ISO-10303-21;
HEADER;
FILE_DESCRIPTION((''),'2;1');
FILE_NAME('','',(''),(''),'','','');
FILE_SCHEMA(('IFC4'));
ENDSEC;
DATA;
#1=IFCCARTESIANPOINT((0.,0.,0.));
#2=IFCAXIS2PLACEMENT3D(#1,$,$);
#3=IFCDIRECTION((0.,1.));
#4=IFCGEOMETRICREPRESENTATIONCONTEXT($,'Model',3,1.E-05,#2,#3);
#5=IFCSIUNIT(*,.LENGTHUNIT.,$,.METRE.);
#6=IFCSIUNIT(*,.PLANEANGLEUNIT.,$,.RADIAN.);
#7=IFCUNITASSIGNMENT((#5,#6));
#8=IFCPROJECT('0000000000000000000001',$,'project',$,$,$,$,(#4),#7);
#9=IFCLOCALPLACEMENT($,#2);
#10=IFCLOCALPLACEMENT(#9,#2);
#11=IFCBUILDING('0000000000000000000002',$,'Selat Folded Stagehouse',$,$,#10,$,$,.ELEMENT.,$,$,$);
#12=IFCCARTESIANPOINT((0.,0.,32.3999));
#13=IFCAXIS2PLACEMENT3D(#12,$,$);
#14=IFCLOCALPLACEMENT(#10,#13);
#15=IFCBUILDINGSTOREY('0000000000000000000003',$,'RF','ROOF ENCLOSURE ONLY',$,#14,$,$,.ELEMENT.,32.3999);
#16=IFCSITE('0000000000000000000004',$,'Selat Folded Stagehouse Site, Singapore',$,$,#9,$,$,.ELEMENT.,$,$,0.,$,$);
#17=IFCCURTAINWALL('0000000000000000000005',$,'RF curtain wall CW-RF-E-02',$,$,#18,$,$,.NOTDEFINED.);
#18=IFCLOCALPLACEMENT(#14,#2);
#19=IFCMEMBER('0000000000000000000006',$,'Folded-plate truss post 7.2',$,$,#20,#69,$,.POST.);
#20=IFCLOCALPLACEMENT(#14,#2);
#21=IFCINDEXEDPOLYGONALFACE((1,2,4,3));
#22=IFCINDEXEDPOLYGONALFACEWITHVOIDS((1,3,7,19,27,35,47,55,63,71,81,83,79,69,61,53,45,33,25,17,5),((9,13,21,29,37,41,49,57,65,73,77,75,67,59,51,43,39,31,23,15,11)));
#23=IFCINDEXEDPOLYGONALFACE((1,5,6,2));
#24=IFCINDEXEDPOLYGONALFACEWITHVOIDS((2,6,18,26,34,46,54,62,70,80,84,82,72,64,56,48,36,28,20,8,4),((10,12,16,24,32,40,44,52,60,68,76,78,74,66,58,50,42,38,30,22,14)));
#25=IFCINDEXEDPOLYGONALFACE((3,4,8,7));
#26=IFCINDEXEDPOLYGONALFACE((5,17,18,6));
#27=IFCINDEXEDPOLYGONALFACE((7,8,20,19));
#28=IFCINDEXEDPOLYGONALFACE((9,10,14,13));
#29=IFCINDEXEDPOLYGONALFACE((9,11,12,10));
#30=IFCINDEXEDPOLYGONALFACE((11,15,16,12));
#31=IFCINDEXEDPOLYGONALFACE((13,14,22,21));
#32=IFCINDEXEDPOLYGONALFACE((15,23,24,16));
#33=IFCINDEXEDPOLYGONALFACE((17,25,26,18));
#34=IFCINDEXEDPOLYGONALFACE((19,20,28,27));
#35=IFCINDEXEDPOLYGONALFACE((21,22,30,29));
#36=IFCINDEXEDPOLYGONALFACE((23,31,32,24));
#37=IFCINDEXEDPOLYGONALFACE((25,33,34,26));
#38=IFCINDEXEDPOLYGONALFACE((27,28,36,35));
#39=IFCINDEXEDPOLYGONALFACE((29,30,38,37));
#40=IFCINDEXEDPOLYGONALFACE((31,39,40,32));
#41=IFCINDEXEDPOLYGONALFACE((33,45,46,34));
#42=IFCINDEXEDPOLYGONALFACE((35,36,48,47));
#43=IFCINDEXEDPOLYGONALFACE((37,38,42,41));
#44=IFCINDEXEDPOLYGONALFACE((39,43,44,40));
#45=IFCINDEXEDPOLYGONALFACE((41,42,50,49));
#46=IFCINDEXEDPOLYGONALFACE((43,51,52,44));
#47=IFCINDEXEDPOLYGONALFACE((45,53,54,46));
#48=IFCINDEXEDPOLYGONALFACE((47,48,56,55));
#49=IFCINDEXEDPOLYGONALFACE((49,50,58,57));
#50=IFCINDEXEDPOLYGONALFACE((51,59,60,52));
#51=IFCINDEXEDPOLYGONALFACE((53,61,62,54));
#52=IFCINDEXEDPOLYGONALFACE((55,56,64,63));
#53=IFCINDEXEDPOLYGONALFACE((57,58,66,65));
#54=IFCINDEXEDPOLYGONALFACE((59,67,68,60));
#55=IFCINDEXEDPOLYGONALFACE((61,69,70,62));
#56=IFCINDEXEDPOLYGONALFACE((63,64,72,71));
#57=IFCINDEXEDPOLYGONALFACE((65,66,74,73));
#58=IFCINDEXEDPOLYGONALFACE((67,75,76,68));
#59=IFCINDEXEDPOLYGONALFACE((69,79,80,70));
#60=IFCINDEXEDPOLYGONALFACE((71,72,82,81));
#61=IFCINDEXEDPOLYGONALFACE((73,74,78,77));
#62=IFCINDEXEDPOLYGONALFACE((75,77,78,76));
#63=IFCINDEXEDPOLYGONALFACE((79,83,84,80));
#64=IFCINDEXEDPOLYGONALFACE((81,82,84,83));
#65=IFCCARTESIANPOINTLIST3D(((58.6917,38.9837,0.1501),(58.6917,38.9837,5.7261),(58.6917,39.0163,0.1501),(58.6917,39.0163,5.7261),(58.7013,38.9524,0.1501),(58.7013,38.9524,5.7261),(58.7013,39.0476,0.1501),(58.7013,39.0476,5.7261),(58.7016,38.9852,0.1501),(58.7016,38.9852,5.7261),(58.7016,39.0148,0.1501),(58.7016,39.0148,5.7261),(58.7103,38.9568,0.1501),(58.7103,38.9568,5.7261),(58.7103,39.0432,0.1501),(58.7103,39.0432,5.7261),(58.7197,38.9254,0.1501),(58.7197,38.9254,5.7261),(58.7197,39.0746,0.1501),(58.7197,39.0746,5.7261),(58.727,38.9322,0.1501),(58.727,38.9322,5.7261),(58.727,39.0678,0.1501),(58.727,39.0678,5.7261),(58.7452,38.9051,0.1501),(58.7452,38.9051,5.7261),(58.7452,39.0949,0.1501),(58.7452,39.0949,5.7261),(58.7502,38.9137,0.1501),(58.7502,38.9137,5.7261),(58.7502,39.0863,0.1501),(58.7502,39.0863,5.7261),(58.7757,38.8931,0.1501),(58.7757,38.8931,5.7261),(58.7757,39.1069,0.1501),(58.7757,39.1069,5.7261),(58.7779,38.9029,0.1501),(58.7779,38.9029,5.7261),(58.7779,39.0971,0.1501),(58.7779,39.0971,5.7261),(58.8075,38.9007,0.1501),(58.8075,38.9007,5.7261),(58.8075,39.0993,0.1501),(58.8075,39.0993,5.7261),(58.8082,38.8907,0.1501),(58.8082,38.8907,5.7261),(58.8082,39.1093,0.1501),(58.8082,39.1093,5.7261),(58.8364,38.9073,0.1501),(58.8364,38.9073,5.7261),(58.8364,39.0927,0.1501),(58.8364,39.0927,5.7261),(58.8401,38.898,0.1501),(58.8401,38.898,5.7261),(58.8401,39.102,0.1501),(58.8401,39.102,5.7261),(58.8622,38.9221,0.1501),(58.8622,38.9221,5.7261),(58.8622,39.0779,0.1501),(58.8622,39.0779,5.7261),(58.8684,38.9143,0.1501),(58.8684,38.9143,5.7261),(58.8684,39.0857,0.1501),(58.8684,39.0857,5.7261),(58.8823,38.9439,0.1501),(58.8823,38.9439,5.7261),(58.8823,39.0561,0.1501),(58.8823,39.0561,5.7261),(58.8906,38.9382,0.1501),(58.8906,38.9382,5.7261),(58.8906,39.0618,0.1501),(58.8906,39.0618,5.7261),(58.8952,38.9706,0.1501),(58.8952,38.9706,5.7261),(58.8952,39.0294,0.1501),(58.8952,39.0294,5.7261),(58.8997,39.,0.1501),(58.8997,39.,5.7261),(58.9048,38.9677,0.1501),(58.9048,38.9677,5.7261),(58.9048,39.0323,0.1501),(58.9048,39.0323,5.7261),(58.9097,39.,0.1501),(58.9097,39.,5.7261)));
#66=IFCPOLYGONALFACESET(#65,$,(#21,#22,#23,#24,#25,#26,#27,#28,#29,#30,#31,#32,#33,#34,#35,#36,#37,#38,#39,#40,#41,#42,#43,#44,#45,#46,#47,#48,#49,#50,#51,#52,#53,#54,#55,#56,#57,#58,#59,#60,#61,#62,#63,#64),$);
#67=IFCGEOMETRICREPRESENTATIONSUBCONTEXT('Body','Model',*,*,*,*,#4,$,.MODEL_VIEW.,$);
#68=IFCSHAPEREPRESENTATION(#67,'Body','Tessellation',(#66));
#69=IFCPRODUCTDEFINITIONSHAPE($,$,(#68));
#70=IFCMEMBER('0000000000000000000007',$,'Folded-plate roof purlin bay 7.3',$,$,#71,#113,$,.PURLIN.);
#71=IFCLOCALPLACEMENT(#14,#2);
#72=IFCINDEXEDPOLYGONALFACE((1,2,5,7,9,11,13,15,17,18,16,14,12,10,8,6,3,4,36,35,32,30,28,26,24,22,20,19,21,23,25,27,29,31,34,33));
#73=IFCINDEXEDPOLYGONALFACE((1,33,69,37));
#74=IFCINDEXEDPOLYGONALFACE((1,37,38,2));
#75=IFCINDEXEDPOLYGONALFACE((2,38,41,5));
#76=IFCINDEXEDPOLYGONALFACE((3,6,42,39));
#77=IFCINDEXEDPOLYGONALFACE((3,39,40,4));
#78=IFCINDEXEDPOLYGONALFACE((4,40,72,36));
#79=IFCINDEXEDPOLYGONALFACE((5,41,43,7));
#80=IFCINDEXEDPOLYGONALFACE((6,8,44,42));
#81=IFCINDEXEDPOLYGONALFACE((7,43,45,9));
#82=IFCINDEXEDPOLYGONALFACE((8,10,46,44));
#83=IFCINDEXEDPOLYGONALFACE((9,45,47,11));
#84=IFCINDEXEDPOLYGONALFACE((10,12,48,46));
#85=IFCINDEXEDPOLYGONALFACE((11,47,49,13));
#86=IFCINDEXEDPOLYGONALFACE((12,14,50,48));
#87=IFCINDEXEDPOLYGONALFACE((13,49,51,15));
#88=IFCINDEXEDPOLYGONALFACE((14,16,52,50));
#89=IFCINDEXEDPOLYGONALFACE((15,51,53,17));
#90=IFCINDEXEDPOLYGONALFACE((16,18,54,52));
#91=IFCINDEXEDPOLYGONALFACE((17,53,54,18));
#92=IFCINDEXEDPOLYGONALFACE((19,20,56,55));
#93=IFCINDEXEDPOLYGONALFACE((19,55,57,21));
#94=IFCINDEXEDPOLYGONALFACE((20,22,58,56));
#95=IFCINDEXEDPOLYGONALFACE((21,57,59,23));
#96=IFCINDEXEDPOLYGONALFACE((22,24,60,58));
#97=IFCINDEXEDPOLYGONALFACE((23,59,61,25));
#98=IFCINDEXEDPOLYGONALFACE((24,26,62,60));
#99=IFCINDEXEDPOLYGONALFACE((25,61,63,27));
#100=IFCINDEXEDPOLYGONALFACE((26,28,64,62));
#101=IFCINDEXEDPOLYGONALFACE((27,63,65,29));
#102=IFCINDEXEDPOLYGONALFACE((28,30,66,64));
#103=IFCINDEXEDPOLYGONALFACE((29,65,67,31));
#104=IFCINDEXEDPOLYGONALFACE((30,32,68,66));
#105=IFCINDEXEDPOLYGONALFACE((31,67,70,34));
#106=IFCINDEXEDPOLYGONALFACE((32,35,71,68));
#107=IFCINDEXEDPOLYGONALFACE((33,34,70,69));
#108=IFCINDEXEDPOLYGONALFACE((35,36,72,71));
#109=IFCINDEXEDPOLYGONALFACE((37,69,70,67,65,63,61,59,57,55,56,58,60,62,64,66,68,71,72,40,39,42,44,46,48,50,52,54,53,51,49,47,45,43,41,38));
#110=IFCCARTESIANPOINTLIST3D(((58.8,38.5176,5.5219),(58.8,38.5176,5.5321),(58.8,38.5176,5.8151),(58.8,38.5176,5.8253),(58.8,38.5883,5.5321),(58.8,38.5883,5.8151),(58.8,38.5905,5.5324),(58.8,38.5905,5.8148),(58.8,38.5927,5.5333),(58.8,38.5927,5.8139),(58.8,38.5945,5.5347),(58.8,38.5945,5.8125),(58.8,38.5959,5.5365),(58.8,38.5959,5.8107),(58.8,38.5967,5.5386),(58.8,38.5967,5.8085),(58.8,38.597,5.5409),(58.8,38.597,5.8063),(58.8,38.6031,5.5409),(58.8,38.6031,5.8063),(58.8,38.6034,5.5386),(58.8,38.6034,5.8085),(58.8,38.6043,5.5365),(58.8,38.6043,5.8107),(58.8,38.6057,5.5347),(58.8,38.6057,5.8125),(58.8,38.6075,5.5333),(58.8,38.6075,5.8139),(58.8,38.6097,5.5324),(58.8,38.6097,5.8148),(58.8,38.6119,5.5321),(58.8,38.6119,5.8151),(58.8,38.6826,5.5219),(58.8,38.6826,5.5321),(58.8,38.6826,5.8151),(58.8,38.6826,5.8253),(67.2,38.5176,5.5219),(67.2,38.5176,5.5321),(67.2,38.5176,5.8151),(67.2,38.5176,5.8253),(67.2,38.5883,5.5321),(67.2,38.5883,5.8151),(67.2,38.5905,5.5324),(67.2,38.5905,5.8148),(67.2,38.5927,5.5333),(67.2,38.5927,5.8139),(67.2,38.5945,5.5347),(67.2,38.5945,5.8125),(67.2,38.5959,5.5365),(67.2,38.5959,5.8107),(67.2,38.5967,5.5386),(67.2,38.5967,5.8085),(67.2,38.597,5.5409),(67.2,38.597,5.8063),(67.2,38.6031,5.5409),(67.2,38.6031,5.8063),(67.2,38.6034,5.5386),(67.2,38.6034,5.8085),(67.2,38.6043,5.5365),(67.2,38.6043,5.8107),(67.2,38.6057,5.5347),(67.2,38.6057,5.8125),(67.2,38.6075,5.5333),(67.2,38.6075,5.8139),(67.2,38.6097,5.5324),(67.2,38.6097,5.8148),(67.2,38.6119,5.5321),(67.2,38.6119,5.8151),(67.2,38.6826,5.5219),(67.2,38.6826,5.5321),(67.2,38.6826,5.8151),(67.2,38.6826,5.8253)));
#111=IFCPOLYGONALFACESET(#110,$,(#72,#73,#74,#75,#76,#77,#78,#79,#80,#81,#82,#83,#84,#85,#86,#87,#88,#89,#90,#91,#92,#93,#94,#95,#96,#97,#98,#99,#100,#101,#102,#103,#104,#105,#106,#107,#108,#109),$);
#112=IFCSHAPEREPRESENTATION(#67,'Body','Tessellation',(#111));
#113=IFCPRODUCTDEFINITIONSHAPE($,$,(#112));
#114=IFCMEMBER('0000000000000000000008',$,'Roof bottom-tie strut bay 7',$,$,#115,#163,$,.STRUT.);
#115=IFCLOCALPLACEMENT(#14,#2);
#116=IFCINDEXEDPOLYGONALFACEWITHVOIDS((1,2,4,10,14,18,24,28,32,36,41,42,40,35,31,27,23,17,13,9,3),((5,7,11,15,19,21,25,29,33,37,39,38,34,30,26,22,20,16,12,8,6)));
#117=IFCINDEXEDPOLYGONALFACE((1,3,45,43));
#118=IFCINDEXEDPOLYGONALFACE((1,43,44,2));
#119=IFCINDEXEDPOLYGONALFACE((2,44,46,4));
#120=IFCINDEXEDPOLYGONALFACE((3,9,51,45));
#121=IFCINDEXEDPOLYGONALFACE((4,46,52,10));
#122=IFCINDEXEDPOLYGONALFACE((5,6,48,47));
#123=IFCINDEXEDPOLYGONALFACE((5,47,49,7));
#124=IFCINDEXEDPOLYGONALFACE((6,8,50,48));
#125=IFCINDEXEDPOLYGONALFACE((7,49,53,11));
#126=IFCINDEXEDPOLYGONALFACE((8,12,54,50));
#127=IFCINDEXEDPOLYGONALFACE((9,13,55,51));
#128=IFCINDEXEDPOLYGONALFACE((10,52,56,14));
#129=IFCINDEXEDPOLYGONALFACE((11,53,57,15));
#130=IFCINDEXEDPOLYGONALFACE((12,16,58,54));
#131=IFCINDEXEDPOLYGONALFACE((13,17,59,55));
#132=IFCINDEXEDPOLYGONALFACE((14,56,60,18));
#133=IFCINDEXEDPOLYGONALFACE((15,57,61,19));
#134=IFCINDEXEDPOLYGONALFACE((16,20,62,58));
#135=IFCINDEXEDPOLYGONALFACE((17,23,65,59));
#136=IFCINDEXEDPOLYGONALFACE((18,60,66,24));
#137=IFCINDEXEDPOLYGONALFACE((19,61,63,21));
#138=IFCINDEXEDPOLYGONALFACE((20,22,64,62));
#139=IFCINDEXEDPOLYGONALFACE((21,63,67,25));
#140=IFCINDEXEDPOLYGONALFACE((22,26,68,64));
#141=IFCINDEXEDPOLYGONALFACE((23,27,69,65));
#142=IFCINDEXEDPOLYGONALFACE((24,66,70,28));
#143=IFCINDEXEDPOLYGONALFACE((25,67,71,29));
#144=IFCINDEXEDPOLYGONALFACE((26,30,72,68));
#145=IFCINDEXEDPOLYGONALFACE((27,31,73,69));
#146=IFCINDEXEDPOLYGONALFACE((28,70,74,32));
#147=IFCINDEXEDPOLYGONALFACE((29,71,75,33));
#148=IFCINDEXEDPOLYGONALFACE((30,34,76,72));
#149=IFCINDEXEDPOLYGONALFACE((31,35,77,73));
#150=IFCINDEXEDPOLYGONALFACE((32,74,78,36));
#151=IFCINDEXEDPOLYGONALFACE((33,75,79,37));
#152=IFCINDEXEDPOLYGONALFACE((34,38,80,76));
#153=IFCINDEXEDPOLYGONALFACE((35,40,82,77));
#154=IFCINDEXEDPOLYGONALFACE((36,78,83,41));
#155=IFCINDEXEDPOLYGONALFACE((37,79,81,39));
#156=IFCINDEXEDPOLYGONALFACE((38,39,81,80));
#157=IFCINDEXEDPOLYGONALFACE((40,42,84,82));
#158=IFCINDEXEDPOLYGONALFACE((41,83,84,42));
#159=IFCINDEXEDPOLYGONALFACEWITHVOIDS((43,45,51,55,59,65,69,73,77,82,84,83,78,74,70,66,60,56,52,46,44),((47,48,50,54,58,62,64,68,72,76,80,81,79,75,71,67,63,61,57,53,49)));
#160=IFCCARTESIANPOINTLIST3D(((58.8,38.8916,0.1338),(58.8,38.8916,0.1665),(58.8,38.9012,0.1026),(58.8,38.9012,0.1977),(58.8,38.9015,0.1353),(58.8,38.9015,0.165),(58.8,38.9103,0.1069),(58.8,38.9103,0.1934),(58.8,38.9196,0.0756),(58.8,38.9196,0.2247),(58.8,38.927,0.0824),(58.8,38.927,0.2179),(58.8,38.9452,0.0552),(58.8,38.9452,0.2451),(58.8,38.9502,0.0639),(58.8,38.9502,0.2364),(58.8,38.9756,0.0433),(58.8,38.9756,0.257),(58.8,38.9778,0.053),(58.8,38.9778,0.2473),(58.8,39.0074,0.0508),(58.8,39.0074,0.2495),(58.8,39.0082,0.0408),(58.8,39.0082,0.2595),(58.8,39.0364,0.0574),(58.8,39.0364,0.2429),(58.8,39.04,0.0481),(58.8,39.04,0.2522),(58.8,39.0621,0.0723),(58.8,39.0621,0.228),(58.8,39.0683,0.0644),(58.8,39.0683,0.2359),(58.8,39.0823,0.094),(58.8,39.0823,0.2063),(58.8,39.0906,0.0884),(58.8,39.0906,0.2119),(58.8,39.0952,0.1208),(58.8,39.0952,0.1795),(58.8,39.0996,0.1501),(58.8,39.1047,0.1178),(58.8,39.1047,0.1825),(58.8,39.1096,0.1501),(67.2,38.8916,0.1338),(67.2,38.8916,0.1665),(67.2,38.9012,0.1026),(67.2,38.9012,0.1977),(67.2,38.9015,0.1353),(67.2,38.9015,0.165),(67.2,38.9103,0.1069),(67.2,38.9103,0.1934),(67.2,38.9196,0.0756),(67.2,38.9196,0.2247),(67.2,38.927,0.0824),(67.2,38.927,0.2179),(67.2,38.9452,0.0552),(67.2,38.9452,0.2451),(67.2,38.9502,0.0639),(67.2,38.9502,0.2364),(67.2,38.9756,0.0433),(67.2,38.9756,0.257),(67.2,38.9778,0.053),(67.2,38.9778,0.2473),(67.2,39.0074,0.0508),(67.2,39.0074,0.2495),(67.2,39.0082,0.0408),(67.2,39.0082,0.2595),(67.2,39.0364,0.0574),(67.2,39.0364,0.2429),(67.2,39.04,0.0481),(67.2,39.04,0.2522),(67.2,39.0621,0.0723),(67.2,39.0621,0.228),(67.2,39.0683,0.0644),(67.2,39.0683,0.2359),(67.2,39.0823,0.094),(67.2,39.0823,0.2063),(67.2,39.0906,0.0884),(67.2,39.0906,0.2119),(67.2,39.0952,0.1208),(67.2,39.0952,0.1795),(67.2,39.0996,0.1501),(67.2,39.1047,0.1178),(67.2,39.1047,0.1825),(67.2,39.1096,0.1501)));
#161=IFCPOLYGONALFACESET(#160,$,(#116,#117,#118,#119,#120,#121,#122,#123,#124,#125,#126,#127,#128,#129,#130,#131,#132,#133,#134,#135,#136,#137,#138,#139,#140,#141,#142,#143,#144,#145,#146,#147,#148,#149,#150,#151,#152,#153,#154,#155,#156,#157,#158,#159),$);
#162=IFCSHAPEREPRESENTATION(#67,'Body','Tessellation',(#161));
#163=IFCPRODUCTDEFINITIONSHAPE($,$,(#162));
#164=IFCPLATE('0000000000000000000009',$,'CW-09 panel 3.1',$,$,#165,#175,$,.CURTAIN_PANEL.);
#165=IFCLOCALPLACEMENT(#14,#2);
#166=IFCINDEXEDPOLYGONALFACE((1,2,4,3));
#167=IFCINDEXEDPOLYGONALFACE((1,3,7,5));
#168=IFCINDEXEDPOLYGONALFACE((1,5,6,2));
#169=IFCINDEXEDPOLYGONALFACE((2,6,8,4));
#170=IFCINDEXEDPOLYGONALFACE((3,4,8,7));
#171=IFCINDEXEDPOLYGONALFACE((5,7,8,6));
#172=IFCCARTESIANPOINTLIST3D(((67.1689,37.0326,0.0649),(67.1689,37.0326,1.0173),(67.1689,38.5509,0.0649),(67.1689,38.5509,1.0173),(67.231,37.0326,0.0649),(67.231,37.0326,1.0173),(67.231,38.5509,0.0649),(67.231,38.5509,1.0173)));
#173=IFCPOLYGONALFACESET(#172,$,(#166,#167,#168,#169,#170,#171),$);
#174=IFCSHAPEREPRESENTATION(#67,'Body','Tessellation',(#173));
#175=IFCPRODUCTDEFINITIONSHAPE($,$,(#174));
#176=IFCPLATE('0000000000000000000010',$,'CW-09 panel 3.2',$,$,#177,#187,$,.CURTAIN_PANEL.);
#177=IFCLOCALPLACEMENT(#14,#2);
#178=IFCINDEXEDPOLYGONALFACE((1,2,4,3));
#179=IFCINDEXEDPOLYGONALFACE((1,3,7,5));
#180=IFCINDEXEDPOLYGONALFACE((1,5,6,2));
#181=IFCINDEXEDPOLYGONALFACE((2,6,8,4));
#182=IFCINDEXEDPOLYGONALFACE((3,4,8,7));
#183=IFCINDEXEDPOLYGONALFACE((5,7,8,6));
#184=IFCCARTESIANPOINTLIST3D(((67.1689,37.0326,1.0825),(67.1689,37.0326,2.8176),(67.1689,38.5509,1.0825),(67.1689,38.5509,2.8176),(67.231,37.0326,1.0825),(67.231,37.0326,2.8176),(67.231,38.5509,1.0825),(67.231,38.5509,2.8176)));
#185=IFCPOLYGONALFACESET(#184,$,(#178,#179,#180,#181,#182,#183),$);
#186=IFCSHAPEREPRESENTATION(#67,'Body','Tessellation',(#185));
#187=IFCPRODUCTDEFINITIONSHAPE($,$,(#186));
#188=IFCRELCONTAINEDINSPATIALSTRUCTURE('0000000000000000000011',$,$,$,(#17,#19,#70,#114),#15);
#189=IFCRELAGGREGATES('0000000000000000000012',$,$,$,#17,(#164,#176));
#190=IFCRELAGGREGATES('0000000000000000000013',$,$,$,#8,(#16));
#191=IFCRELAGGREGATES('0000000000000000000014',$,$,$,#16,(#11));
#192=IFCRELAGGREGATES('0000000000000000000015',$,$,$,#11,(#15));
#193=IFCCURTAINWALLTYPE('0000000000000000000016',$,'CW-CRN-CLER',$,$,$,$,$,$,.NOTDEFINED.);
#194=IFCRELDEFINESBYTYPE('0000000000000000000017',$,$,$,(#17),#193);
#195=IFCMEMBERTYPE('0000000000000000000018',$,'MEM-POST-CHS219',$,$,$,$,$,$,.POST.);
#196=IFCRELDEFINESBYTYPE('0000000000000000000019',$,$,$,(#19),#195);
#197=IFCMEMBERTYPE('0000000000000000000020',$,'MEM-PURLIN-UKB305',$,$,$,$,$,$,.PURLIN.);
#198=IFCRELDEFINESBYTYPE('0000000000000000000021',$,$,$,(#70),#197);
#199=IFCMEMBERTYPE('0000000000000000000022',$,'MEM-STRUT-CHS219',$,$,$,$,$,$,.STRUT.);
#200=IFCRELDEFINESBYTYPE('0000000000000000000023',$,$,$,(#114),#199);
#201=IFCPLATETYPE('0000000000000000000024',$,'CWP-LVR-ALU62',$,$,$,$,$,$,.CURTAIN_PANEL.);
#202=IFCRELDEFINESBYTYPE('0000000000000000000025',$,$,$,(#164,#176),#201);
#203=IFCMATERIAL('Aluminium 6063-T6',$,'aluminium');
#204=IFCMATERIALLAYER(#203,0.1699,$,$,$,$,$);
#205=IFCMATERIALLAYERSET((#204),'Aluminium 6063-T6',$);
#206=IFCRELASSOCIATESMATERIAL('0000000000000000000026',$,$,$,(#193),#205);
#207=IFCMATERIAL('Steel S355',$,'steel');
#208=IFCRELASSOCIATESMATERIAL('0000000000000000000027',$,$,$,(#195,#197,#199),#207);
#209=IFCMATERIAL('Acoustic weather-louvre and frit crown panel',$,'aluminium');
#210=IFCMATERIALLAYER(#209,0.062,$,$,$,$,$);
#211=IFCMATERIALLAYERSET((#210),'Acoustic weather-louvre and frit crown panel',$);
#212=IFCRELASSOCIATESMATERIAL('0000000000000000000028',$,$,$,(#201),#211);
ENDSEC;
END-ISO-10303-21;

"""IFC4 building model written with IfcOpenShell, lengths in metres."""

from ifc_helpers import new_model, si_unit, direction, frame, origin, origin_2d, place, context, subcontext, project, spatial, rectangle, hollow_circle, i_section, extrude, material, layer, layer_set, material_profile, profile_set, type_object, element, aggregate, save


model = new_model("IFC4")

# Units and contexts
model_context = context("Model", 3, precision=1e-05, world=origin(), true_north=direction((0.0, 1.0)))
body_context = subcontext(model_context, "Body", "Model", "MODEL_VIEW")
ifc_project = project(units=[si_unit("LENGTHUNIT", "METRE"), si_unit("PLANEANGLEUNIT", "RADIAN")], contexts=[model_context])

# Site, building, storey
site_placement = place(None, origin())
site = spatial("IfcSite", under=ifc_project, at=site_placement, Name="Selat Folded Stagehouse Site, Singapore", CompositionType="ELEMENT", RefElevation=0.0)
building_placement = place(site_placement, origin())
building = spatial("IfcBuilding", under=site, at=building_placement, Name="Selat Folded Stagehouse", CompositionType="ELEMENT")
storey_placement = place(building_placement, frame((0.0, 0.0, 32.3999)))
storey = spatial("IfcBuildingStorey", under=building, at=storey_placement, Name="RF", Description="ROOF ENCLOSURE ONLY", CompositionType="ELEMENT", Elevation=32.3999)

# Shared definitions
ifc_material_1 = material(Name="Steel S355", Category="steel")

# Curtain wall
ifc_material_2 = material(Name="Aluminium 6063-T6", Category="aluminium")
ifc_layer_1 = layer(ifc_material_2, 0.1699)
ifc_layer_set_1 = layer_set([ifc_layer_1], Name="Aluminium 6063-T6")
curtain_wall_type = type_object("IfcCurtainWallType", Name="CW-CRN-CLER", PredefinedType="NOTDEFINED", material=ifc_layer_set_1)
curtain_wall_placement = place(storey_placement, origin())
curtain_wall = element("IfcCurtainWall", 1, at=curtain_wall_placement, inside=storey, type_object=curtain_wall_type, Name="RF curtain wall CW-RF-E-02", PredefinedType="NOTDEFINED")

# Members
ifc_material_profile_1 = material_profile(ifc_material_1, hollow_circle(Radius=0.1096, WallThickness=0.01, at=origin_2d()), Name="CHS 219.1x10.0")
ifc_profile_set_1 = profile_set([ifc_material_profile_1], Name="Steel S355")
member_type_1 = type_object("IfcMemberType", Name="MEM-POST-CHS219", PredefinedType="POST", material=ifc_profile_set_1)
member_1_placement = place(storey_placement, frame((58.8, 39.0, 0.1501), z_axis=(0.0, 0.0, 1.0), x_axis=(1.0, 0.0, 0.0)))
element("IfcMember", 2, at=member_1_placement, inside=storey, type_object=member_type_1, Name="Folded-plate truss post 7.2", PredefinedType="POST", context=body_context, shape_type="SweptSolid", body=[
    extrude(hollow_circle(Radius=0.1096, WallThickness=0.01, at=origin_2d()), origin(), (0.0, 0.0, 1.0), 5.5759),
])
ifc_material_profile_2 = material_profile(ifc_material_1, i_section(OverallWidth=0.165, OverallDepth=0.3035, WebThickness=0.0061, FlangeThickness=0.0103, FilletRadius=0.0088, at=origin_2d()), Name="UKB 305x165x40")
ifc_profile_set_2 = profile_set([ifc_material_profile_2], Name="Steel S355")
member_type_2 = type_object("IfcMemberType", Name="MEM-PURLIN-UKB305", PredefinedType="PURLIN", material=ifc_profile_set_2)
member_2_placement = place(storey_placement, frame((58.8, 38.6001, 5.6736), z_axis=(1.0, 0.0, 0.0), x_axis=(0.0, 1.0, 0.0)))
element("IfcMember", 3, at=member_2_placement, inside=storey, type_object=member_type_2, Name="Folded-plate roof purlin bay 7.3", PredefinedType="PURLIN", context=body_context, shape_type="SweptSolid", body=[
    extrude(i_section(OverallWidth=0.165, OverallDepth=0.3035, WebThickness=0.0061, FlangeThickness=0.0103, FilletRadius=0.0088, at=origin_2d()), origin(), (0.0, 0.0, 1.0), 8.3999),
])
ifc_material_profile_3 = material_profile(ifc_material_1, hollow_circle(Radius=0.1096, WallThickness=0.01, at=origin_2d()), Name="CHS 219.1x10.0")
ifc_profile_set_3 = profile_set([ifc_material_profile_3], Name="Steel S355")
member_type_3 = type_object("IfcMemberType", Name="MEM-STRUT-CHS219", PredefinedType="STRUT", material=ifc_profile_set_3)
member_3_placement = place(storey_placement, frame((58.8, 39.0, 0.1501), z_axis=(1.0, 0.0, 0.0), x_axis=(0.0, 1.0, 0.0)))
element("IfcMember", 4, at=member_3_placement, inside=storey, type_object=member_type_3, Name="Roof bottom-tie strut bay 7", PredefinedType="STRUT", context=body_context, shape_type="SweptSolid", body=[
    extrude(hollow_circle(Radius=0.1096, WallThickness=0.01, at=origin_2d()), origin(), (0.0, 0.0, 1.0), 8.3999),
])

# Plates
ifc_material_3 = material(Name="Acoustic weather-louvre and frit crown panel", Category="aluminium")
ifc_layer_2 = layer(ifc_material_3, 0.062)
ifc_layer_set_2 = layer_set([ifc_layer_2], Name="Acoustic weather-louvre and frit crown panel")
plate_type_1 = type_object("IfcPlateType", Name="CWP-LVR-ALU62", PredefinedType="CURTAIN_PANEL", material=ifc_layer_set_2)
plate_1_placement = place(storey_placement, frame((67.2, 37.7917, 0.0649), z_axis=(0.0, 0.0, 1.0), x_axis=(0.0, -1.0, 0.0)))
plate_1 = element("IfcPlate", 5, at=plate_1_placement, type_object=plate_type_1, Name="CW-09 panel 3.1", PredefinedType="CURTAIN_PANEL", context=body_context, shape_type="SweptSolid", body=[
    extrude(rectangle(XDim=1.5183, YDim=0.062, at=origin_2d()), origin(), (0.0, 0.0, 1.0), 0.9524),
])
plate_2_placement = place(storey_placement, frame((67.2, 37.7917, 1.0825), z_axis=(0.0, 0.0, 1.0), x_axis=(0.0, -1.0, 0.0)))
plate_2 = element("IfcPlate", 6, at=plate_2_placement, type_object=plate_type_1, Name="CW-09 panel 3.2", PredefinedType="CURTAIN_PANEL", context=body_context, shape_type="SweptSolid", body=[
    extrude(rectangle(XDim=1.5183, YDim=0.062, at=origin_2d()), origin(), (0.0, 0.0, 1.0), 1.7351),
])
aggregate(curtain_wall, [plate_1, plate_2])

save(model, "model.ifc")
